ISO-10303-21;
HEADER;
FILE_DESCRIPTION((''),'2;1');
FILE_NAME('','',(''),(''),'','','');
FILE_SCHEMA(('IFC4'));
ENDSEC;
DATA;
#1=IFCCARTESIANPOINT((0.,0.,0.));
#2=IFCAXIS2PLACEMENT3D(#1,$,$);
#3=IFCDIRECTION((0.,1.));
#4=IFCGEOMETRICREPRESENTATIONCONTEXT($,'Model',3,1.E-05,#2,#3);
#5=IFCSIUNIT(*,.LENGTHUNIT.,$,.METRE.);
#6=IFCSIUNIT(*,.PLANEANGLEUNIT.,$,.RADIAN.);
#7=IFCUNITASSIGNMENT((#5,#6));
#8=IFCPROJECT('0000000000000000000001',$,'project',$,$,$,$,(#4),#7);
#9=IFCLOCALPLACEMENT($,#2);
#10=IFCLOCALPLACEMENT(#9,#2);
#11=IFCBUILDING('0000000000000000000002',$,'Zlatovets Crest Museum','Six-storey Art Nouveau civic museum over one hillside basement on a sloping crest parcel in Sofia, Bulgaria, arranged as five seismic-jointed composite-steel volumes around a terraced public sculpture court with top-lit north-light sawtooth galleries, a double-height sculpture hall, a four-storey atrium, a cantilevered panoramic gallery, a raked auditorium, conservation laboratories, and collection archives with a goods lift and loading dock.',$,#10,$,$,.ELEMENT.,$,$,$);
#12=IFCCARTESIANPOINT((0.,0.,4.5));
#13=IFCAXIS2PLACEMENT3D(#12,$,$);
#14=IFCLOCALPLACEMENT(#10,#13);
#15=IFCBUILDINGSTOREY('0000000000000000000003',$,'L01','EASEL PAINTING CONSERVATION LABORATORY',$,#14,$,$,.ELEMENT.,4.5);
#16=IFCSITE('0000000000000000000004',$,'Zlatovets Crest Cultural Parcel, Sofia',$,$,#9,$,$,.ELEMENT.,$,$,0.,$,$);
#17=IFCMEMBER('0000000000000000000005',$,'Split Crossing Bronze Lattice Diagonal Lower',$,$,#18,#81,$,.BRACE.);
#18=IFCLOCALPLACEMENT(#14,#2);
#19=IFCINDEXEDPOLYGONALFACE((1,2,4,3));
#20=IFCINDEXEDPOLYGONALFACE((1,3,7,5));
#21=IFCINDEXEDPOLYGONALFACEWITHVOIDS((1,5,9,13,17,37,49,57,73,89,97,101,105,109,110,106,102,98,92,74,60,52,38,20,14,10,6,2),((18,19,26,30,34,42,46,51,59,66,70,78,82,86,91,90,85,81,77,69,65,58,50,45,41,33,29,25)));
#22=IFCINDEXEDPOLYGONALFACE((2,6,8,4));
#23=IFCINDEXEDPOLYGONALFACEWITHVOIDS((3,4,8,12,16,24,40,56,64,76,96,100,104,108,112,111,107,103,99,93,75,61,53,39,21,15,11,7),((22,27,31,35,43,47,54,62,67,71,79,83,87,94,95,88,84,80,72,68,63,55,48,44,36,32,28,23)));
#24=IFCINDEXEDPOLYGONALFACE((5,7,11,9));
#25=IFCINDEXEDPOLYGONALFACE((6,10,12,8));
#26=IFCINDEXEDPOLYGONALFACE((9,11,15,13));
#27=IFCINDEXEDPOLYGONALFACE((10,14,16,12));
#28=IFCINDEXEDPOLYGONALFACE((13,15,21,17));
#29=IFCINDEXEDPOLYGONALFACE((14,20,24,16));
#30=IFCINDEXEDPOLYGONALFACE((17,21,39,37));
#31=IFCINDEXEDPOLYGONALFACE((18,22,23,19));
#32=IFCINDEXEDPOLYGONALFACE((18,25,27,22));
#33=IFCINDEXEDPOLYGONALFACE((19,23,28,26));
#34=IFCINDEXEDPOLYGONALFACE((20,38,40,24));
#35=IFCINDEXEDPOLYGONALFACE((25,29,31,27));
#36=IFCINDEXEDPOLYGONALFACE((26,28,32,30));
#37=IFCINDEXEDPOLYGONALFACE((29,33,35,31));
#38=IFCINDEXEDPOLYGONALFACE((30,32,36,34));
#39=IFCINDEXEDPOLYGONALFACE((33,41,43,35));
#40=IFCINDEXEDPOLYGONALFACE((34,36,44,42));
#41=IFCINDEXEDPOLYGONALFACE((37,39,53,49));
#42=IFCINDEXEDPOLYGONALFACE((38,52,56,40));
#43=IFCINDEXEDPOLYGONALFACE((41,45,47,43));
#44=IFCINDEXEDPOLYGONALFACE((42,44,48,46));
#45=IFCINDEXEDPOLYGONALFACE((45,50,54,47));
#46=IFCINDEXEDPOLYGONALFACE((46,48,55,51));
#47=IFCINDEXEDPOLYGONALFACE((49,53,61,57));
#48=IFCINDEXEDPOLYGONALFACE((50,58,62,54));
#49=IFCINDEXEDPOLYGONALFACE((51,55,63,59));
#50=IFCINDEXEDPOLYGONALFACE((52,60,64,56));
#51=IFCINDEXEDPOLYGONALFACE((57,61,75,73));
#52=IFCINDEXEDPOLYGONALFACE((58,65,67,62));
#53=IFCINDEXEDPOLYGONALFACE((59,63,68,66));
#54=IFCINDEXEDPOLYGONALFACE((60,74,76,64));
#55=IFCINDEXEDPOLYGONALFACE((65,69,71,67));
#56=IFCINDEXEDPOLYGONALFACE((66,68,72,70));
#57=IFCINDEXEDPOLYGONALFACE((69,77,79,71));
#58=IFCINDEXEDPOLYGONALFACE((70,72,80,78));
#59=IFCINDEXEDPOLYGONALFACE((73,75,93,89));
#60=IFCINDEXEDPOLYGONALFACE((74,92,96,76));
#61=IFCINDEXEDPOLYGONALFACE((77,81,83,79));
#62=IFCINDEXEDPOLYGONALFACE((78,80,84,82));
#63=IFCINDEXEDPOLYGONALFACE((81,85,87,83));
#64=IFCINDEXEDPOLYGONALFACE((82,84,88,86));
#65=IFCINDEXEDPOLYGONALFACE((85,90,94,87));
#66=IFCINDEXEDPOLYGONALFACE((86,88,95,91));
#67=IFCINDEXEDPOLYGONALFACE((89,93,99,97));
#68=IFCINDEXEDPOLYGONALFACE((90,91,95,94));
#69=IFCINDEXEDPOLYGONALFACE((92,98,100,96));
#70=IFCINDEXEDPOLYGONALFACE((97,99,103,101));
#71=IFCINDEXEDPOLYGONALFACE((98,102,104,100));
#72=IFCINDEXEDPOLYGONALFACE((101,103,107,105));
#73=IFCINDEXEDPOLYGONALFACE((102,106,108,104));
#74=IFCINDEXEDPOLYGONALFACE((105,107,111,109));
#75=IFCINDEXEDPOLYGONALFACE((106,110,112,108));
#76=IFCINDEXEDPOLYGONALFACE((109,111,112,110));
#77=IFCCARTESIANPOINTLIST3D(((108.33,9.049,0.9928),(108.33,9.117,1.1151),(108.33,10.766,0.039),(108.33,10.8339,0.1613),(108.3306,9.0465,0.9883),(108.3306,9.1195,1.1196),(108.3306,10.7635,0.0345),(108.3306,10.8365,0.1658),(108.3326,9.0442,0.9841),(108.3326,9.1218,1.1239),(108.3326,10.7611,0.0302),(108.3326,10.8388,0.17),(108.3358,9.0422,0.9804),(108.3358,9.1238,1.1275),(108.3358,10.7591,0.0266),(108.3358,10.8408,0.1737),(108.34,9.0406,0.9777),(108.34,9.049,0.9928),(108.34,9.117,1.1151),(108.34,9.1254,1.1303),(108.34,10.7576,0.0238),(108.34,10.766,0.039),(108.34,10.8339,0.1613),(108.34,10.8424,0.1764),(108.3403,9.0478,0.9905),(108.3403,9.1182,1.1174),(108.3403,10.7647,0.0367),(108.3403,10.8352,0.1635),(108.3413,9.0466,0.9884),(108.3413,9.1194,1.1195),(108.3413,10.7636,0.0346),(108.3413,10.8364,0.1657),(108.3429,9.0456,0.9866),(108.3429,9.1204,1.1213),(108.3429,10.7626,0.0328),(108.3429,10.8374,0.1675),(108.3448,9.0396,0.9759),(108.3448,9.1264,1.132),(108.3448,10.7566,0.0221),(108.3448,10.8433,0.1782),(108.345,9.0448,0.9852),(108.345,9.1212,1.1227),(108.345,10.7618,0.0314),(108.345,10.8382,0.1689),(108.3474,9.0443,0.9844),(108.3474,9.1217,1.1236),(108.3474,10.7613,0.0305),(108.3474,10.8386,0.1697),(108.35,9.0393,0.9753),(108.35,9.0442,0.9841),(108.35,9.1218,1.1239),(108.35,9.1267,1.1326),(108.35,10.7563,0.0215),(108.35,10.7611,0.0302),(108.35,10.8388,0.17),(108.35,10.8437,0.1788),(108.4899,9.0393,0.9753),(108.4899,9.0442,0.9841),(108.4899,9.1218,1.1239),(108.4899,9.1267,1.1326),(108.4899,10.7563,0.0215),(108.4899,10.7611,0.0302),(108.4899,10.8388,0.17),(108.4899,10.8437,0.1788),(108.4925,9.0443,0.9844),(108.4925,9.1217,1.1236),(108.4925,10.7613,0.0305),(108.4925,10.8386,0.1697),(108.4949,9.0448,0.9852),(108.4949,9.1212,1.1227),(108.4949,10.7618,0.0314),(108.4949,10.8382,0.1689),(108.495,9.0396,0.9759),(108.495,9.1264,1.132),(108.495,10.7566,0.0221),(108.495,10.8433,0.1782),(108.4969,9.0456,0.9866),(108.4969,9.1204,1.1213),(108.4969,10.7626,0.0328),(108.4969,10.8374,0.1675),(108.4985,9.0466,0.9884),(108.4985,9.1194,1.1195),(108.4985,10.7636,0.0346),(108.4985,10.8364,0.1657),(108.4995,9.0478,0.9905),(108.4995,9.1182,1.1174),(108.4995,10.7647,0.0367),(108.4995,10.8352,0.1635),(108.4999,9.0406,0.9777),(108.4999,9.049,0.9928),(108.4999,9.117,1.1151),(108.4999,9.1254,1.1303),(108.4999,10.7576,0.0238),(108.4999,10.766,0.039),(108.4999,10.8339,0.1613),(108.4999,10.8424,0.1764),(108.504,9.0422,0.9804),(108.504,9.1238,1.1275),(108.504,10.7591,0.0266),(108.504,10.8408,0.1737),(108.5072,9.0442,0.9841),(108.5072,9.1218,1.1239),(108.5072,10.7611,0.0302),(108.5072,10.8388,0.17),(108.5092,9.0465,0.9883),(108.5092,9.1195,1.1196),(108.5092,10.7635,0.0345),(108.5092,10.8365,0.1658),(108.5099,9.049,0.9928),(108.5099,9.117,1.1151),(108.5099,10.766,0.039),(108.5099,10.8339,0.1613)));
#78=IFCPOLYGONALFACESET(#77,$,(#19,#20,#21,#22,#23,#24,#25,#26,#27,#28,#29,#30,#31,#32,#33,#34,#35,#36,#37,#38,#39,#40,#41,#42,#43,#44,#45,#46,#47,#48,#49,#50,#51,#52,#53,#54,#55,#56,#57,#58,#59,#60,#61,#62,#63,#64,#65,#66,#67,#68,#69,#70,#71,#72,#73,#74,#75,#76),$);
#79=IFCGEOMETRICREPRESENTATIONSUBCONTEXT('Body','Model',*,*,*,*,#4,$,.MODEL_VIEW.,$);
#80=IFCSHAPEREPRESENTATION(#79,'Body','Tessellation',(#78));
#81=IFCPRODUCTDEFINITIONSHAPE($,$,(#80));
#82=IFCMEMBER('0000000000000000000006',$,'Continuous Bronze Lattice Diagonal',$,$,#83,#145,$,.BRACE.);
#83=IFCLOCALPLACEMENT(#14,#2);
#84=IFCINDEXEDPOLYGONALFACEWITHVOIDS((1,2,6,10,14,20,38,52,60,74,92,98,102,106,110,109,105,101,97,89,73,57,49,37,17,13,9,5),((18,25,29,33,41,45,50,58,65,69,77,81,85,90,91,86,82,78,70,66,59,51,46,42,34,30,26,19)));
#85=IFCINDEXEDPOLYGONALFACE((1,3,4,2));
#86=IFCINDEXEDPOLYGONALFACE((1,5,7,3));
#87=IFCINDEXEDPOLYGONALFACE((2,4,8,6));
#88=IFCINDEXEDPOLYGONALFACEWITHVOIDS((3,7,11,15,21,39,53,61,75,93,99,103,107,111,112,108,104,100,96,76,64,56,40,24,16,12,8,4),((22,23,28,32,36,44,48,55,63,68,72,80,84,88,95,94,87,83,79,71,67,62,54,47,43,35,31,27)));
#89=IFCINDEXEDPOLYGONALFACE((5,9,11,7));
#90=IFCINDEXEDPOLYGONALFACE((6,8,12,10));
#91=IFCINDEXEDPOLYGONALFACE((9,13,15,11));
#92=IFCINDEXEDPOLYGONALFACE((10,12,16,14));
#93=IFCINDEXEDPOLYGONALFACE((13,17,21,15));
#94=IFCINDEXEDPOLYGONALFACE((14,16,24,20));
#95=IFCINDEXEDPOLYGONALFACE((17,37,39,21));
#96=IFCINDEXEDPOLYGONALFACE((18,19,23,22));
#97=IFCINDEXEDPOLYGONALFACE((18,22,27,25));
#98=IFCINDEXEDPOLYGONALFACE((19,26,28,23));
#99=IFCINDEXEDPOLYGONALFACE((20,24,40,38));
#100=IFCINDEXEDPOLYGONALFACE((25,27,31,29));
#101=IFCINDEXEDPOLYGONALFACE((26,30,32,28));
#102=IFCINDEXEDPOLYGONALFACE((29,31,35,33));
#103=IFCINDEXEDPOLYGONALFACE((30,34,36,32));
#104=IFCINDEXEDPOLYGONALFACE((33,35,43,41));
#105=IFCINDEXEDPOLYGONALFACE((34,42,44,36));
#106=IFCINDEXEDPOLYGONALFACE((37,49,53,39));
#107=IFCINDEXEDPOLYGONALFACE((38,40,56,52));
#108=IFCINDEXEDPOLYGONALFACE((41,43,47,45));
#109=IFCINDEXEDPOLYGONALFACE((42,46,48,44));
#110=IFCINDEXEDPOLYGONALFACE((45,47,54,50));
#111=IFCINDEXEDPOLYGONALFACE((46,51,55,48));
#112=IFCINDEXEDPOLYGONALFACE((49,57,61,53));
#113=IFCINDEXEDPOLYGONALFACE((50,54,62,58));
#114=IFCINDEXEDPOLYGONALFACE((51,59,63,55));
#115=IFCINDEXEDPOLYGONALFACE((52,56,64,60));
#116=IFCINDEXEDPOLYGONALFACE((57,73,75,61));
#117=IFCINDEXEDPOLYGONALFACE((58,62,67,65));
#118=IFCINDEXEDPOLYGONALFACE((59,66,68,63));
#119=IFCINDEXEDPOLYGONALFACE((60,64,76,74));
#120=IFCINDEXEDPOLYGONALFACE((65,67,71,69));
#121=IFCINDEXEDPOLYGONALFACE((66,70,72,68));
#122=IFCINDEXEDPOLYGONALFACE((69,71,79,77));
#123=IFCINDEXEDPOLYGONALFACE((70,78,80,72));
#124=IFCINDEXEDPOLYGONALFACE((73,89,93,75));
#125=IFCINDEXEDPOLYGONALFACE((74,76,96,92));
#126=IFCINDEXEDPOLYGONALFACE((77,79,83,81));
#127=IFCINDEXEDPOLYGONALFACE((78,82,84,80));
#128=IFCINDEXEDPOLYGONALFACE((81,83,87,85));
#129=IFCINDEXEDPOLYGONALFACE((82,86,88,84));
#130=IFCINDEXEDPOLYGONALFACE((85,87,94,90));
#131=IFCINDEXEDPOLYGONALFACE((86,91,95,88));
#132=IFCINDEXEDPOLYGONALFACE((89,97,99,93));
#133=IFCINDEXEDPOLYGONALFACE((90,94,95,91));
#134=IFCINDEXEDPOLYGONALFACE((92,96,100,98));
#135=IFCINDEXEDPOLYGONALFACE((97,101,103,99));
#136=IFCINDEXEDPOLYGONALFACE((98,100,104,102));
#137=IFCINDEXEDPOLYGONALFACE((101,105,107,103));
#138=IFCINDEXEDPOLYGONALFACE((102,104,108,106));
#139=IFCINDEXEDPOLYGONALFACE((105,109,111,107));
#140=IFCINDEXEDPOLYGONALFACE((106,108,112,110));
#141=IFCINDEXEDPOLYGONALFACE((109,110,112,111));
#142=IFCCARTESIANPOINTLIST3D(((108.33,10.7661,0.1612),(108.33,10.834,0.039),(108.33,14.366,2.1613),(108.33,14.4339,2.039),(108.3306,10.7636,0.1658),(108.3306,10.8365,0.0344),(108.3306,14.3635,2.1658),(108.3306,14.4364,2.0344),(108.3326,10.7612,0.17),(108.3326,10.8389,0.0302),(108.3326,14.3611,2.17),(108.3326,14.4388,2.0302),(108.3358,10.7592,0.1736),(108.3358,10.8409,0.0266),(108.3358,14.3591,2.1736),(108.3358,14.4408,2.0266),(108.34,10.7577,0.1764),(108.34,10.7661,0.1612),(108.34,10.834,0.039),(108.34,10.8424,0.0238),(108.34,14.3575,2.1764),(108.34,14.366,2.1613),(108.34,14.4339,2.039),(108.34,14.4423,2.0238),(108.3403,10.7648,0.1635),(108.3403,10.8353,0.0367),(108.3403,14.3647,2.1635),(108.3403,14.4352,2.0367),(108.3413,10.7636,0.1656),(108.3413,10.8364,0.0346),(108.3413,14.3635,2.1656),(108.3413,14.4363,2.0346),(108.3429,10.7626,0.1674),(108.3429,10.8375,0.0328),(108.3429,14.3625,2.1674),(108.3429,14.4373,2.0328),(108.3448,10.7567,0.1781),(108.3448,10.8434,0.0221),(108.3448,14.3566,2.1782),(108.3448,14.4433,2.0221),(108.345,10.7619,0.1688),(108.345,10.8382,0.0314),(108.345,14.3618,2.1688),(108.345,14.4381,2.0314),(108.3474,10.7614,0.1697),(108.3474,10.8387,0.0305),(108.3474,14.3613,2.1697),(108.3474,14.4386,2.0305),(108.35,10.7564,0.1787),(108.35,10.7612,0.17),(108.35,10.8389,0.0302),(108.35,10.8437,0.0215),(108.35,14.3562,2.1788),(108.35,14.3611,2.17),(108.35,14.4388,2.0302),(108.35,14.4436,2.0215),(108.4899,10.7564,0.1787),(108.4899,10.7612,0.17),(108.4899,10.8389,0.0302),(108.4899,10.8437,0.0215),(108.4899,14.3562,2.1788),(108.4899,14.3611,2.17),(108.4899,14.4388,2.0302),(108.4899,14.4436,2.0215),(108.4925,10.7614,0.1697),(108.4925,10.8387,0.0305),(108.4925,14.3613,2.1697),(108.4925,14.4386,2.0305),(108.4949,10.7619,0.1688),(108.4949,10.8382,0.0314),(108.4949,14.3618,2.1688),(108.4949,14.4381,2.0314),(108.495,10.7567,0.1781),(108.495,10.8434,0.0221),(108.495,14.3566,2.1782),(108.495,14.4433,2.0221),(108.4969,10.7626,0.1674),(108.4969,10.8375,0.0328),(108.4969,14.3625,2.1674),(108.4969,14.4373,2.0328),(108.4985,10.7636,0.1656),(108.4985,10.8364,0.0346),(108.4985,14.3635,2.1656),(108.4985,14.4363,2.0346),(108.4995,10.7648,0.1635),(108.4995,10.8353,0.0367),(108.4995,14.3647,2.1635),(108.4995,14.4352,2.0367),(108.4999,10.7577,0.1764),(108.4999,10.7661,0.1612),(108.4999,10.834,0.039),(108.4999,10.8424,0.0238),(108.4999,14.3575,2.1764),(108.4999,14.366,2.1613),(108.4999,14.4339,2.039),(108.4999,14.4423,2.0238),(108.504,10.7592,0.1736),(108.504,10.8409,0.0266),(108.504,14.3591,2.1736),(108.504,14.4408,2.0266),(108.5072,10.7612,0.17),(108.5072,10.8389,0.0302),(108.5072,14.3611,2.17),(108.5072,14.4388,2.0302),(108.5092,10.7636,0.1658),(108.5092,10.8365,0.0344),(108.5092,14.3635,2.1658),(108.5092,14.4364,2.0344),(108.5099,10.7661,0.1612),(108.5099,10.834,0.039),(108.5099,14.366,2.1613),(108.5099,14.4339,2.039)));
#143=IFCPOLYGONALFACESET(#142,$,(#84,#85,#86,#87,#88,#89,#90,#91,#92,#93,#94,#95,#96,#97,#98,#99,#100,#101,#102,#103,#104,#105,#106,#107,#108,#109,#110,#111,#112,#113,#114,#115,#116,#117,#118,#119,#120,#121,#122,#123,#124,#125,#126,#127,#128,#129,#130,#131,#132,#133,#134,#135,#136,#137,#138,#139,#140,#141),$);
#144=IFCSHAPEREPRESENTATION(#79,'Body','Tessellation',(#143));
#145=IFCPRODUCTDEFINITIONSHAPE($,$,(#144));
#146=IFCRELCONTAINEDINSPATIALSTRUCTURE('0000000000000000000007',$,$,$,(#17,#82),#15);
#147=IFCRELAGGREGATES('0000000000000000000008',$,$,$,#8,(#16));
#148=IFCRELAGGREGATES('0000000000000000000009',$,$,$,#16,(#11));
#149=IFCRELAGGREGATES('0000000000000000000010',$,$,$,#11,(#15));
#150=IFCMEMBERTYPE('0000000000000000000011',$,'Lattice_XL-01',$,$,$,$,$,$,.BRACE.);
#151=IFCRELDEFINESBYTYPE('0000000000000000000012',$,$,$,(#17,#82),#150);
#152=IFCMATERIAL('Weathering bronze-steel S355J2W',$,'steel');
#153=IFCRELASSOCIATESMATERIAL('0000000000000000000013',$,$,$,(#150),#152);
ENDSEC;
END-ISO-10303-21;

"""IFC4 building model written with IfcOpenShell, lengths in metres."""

from ifc_helpers import new_model, si_unit, direction, frame, origin, origin_2d, place, context, subcontext, project, spatial, hollow_rectangle, extrude, material, material_profile, profile_set, type_object, element, save


model = new_model("IFC4")

# Units and contexts
model_context = context("Model", 3, precision=1e-05, world=origin(), true_north=direction((0.0, 1.0)))
body_context = subcontext(model_context, "Body", "Model", "MODEL_VIEW")
ifc_project = project(units=[si_unit("LENGTHUNIT", "METRE"), si_unit("PLANEANGLEUNIT", "RADIAN")], contexts=[model_context])

# Site, building, storey
site_placement = place(None, origin())
site = spatial("IfcSite", under=ifc_project, at=site_placement, Name="Zlatovets Crest Cultural Parcel, Sofia", CompositionType="ELEMENT", RefElevation=0.0)
building_placement = place(site_placement, origin())
building = spatial("IfcBuilding", under=site, at=building_placement, Name="Zlatovets Crest Museum", Description="Six-storey Art Nouveau civic museum over one hillside basement on a sloping crest parcel in Sofia, Bulgaria, arranged as five seismic-jointed composite-steel volumes around a terraced public sculpture court with top-lit north-light sawtooth galleries, a double-height sculpture hall, a four-storey atrium, a cantilevered panoramic gallery, a raked auditorium, conservation laboratories, and collection archives with a goods lift and loading dock.", CompositionType="ELEMENT")
storey_placement = place(building_placement, frame((0.0, 0.0, 4.5)))
storey = spatial("IfcBuildingStorey", under=building, at=storey_placement, Name="L01", Description="EASEL PAINTING CONSERVATION LABORATORY", CompositionType="ELEMENT", Elevation=4.5)

# Members
ifc_material_1 = material(Name="Weathering bronze-steel S355J2W", Category="steel")
ifc_material_profile_1 = material_profile(ifc_material_1, hollow_rectangle(XDim=0.1799, YDim=0.1799, WallThickness=0.01, InnerFilletRadius=0.01, OuterFilletRadius=0.02, at=origin_2d()), Name="SHS 180x180x10.0")
ifc_profile_set_1 = profile_set([ifc_material_profile_1], Name="Weathering bronze-steel S355J2W")
member_type_1 = type_object("IfcMemberType", Name="Lattice_XL-01", PredefinedType="BRACE", material=ifc_profile_set_1)
member_1_placement = place(storey_placement, frame((108.4199, 9.083, 1.054), z_axis=(0.0, 0.874169, -0.485622), x_axis=(-1.0, 0.0, 0.0)))
element("IfcMember", 1, at=member_1_placement, inside=storey, type_object=member_type_1, Name="Split Crossing Bronze Lattice Diagonal Lower", PredefinedType="BRACE", context=body_context, shape_type="SweptSolid", body=[
    extrude(hollow_rectangle(XDim=0.1799, YDim=0.1799, WallThickness=0.01, InnerFilletRadius=0.01, OuterFilletRadius=0.02, at=origin_2d()), origin(), (0.0, 0.0, 1.0), 1.9641),
])
member_2_placement = place(storey_placement, frame((108.4199, 10.8, 0.1001), z_axis=(0.0, 0.874149, 0.485658), x_axis=(-1.0, 0.0, 0.0)))
element("IfcMember", 2, at=member_2_placement, inside=storey, type_object=member_type_1, Name="Continuous Bronze Lattice Diagonal", PredefinedType="BRACE", context=body_context, shape_type="SweptSolid", body=[
    extrude(hollow_rectangle(XDim=0.1799, YDim=0.1799, WallThickness=0.01, InnerFilletRadius=0.01, OuterFilletRadius=0.02, at=origin_2d()), origin(), (0.0, 0.0, 1.0), 4.1182),
])

save(model, "model.ifc")
